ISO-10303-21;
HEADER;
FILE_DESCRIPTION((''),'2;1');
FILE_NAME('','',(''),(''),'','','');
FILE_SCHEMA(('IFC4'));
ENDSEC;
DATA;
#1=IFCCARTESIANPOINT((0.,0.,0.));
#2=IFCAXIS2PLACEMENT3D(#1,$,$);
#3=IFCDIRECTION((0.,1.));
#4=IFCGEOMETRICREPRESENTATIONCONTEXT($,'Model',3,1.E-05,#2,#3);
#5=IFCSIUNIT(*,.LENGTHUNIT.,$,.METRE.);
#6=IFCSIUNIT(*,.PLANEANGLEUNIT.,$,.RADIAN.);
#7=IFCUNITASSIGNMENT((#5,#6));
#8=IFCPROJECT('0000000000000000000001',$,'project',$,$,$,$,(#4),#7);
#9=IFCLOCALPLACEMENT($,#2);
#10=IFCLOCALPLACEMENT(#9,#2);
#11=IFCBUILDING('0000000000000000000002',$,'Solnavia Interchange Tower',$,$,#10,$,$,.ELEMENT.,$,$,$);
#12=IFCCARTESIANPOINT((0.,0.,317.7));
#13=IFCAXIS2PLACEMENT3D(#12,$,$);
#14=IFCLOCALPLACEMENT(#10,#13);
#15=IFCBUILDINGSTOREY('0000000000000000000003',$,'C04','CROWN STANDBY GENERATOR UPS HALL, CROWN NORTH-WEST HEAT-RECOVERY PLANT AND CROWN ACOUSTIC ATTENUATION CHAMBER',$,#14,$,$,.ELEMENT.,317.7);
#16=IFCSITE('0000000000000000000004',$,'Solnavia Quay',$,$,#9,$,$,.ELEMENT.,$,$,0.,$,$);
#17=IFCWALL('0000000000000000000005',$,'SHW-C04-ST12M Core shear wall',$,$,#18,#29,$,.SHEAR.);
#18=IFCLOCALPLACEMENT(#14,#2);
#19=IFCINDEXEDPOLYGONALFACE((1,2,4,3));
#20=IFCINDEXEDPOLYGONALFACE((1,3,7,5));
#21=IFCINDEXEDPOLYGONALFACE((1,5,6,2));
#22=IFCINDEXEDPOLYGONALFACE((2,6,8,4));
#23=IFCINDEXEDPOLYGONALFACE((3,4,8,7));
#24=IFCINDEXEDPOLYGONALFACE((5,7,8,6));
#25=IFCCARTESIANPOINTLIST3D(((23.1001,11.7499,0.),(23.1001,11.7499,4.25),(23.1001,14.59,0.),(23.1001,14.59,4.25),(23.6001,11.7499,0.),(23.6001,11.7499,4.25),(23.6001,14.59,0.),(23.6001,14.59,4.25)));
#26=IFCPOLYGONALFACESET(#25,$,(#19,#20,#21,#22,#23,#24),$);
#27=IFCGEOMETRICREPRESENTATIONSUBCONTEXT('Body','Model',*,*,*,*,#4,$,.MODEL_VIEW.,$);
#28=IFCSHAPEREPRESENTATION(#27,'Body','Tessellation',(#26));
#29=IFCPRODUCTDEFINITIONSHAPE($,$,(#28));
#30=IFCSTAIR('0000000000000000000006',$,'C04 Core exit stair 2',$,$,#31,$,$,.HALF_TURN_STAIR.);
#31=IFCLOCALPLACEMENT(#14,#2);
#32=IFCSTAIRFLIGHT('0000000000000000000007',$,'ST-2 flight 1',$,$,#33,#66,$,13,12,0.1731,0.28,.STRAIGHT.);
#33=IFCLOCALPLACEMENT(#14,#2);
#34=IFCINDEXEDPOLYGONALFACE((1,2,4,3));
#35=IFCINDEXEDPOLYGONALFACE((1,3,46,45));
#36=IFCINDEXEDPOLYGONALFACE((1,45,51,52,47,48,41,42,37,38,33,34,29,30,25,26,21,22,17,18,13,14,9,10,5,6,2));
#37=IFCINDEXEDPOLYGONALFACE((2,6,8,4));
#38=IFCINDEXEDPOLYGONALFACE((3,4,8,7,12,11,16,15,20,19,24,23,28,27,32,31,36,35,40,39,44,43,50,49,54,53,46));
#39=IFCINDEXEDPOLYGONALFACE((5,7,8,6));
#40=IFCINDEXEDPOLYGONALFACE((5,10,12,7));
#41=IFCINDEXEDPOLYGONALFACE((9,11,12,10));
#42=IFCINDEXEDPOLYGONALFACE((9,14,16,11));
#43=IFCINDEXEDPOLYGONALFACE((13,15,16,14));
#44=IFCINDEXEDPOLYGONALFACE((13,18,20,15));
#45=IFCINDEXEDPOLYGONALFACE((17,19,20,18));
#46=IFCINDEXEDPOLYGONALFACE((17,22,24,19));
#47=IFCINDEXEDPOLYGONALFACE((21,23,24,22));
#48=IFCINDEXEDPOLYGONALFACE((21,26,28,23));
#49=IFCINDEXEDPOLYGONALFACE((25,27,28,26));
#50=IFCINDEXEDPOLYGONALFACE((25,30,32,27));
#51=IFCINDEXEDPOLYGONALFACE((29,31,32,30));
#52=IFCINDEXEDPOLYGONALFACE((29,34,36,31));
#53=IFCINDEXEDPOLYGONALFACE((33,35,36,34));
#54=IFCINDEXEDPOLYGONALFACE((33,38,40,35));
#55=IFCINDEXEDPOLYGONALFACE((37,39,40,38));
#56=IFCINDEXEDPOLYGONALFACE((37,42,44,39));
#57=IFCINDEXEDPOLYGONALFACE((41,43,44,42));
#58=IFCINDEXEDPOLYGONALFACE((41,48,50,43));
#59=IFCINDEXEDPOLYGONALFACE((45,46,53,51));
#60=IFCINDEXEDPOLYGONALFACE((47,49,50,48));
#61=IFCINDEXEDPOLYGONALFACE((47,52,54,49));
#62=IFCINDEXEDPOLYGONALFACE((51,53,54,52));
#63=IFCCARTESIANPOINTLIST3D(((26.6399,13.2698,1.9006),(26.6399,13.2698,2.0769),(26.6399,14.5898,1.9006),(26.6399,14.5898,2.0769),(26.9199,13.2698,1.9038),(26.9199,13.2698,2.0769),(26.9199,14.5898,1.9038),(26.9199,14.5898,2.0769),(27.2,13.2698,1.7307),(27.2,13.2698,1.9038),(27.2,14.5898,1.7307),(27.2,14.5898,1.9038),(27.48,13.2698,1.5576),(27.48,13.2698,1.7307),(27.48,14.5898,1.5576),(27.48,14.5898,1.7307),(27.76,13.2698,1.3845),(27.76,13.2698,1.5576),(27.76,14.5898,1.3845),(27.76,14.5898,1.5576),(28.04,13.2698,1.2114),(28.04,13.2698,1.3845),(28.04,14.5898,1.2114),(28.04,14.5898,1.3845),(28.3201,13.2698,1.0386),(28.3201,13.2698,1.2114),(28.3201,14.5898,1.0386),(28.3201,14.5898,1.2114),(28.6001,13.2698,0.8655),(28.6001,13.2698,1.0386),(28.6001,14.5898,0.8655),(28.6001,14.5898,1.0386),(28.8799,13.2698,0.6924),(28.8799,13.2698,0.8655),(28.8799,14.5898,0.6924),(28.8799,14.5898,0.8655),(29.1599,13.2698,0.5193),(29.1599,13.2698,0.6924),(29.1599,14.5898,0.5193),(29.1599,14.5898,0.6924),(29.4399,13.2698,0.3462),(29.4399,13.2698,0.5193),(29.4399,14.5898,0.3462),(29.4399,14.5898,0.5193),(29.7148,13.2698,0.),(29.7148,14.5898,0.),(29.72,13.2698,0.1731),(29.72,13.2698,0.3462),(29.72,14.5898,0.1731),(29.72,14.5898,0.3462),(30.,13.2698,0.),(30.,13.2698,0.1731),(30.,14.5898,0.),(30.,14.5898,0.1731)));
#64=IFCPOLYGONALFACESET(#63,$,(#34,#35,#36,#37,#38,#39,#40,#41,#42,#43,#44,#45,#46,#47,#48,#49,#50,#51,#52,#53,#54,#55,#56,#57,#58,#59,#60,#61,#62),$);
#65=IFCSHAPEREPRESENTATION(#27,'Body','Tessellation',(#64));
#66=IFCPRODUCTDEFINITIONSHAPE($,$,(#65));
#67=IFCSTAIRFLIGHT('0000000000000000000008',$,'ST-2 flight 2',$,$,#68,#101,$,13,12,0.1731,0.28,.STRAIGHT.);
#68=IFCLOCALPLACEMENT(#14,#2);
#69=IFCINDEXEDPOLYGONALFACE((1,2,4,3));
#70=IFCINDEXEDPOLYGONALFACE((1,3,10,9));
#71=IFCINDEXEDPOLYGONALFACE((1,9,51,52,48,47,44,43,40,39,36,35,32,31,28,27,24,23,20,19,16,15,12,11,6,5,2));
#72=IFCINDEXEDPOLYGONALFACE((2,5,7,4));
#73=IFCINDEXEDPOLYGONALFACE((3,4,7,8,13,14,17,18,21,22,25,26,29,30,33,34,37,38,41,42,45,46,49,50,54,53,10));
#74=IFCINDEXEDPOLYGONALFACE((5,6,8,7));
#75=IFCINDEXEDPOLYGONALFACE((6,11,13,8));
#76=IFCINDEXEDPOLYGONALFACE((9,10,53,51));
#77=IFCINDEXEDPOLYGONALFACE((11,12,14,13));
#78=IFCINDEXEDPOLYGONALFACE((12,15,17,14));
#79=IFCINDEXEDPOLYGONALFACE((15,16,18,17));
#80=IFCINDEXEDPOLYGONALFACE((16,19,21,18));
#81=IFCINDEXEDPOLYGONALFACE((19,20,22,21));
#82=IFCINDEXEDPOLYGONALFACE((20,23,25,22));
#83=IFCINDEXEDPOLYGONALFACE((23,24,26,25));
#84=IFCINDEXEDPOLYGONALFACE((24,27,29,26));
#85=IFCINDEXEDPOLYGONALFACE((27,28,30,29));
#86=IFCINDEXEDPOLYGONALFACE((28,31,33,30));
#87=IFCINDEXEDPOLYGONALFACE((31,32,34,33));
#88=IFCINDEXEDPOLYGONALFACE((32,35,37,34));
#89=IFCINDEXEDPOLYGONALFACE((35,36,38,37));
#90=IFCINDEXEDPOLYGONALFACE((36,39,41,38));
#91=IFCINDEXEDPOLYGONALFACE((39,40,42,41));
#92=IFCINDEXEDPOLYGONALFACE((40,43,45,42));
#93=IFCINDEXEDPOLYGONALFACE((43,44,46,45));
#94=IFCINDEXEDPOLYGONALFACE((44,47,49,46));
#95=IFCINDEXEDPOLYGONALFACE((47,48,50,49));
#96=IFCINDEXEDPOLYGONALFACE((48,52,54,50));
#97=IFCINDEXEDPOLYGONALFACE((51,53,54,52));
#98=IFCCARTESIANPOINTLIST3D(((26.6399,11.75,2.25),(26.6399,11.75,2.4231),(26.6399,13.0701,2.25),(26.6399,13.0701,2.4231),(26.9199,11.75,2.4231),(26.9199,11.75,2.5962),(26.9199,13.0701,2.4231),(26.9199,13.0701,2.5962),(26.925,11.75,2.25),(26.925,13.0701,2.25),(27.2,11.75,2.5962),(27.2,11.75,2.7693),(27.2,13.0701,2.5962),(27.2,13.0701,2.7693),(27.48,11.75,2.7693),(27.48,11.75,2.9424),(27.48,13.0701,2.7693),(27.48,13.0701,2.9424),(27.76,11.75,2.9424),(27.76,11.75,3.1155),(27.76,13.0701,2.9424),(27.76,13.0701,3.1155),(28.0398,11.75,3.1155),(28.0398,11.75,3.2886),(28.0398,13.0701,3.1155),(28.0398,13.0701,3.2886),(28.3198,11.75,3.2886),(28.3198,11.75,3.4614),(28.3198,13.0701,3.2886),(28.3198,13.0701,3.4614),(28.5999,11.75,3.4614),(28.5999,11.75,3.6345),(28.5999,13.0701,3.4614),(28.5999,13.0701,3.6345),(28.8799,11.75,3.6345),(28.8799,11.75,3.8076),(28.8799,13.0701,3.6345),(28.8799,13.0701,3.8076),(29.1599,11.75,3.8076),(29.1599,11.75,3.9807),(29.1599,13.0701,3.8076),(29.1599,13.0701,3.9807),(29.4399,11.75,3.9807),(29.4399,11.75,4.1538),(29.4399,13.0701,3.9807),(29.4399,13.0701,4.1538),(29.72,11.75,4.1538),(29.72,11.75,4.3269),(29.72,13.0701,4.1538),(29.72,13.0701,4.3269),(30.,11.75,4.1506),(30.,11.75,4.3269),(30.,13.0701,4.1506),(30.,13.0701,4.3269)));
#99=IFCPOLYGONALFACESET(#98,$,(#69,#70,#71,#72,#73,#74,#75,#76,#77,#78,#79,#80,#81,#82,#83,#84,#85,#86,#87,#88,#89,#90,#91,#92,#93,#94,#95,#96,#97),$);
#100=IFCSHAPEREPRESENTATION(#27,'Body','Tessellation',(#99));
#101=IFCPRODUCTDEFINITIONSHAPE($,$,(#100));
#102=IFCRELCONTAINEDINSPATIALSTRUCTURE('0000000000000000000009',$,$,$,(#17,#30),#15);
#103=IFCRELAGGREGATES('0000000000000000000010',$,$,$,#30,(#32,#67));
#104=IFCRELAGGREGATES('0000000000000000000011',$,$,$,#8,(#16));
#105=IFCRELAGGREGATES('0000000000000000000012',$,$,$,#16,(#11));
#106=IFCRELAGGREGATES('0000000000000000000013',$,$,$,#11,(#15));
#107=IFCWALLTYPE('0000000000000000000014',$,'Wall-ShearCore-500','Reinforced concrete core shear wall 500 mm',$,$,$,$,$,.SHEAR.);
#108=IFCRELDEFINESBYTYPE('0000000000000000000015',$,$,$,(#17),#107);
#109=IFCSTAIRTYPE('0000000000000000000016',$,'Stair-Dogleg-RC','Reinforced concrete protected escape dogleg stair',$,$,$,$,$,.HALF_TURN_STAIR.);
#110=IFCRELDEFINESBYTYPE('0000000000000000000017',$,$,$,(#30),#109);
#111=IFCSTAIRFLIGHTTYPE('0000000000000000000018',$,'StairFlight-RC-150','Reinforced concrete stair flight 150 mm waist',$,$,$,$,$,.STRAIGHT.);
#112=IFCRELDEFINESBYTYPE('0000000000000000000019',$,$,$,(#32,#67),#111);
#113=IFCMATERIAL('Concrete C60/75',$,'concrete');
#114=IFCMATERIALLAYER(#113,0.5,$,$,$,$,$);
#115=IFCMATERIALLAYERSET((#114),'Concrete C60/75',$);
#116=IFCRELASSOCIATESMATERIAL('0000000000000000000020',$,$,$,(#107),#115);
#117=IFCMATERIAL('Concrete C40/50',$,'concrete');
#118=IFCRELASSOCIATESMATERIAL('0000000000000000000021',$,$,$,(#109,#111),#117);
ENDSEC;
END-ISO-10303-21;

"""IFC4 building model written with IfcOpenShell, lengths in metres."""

from ifc_helpers import new_model, si_unit, direction, frame, frame_2d, origin, place, context, subcontext, project, spatial, polyline, rectangle, outline, extrude, material, layer, layer_set, type_object, element, aggregate, save


model = new_model("IFC4")

# Units and contexts
model_context = context("Model", 3, precision=1e-05, world=origin(), true_north=direction((0.0, 1.0)))
body_context = subcontext(model_context, "Body", "Model", "MODEL_VIEW")
ifc_project = project(units=[si_unit("LENGTHUNIT", "METRE"), si_unit("PLANEANGLEUNIT", "RADIAN")], contexts=[model_context])

# Site, building, storey
site_placement = place(None, origin())
site = spatial("IfcSite", under=ifc_project, at=site_placement, Name="Solnavia Quay", CompositionType="ELEMENT", RefElevation=0.0)
building_placement = place(site_placement, origin())
building = spatial("IfcBuilding", under=site, at=building_placement, Name="Solnavia Interchange Tower", CompositionType="ELEMENT")
storey_placement = place(building_placement, frame((0.0, 0.0, 317.7)))
storey = spatial("IfcBuildingStorey", under=building, at=storey_placement, Name="C04", Description="CROWN STANDBY GENERATOR UPS HALL, CROWN NORTH-WEST HEAT-RECOVERY PLANT AND CROWN ACOUSTIC ATTENUATION CHAMBER", CompositionType="ELEMENT", Elevation=317.7)

# Shared definitions
ifc_material_1 = material(Name="Concrete C40/50", Category="concrete")

# Wall
ifc_material_2 = material(Name="Concrete C60/75", Category="concrete")
ifc_layer_1 = layer(ifc_material_2, 0.5)
ifc_layer_set_1 = layer_set([ifc_layer_1], Name="Concrete C60/75")
wall_type_1 = type_object("IfcWallType", Name="Wall-ShearCore-500", Description="Reinforced concrete core shear wall 500 mm", PredefinedType="SHEAR", material=ifc_layer_set_1)
wall_1_placement = place(storey_placement, frame((23.3501, 11.75, 0.0), z_axis=(0.0, 0.0, 1.0), x_axis=(0.0, 1.0, 0.0)))
element("IfcWall", 1, at=wall_1_placement, inside=storey, type_object=wall_type_1, Name="SHW-C04-ST12M Core shear wall", PredefinedType="SHEAR", context=body_context, shape_type="SweptSolid", body=[
    extrude(rectangle(XDim=2.8401, YDim=0.5, at=frame_2d((1.4199, 0.0))), origin(), (0.0, 0.0, 1.0), 4.25),
])

# Stair, stair flights
stair_type = type_object("IfcStairType", Name="Stair-Dogleg-RC", Description="Reinforced concrete protected escape dogleg stair", PredefinedType="HALF_TURN_STAIR", material=ifc_material_1)
stair_placement = place(storey_placement, origin())
stair = element("IfcStair", 2, at=stair_placement, inside=storey, type_object=stair_type, Name="C04 Core exit stair 2", PredefinedType="HALF_TURN_STAIR")
stair_flight_type = type_object("IfcStairFlightType", Name="StairFlight-RC-150", Description="Reinforced concrete stair flight 150 mm waist", PredefinedType="STRAIGHT", material=ifc_material_1)
stair_flight_1_placement = place(storey_placement, frame((30.0, 13.9299, 0.0), z_axis=(0.0, 0.0, 1.0), x_axis=(-1.0, 0.0, 0.0)))
stair_flight_1 = element("IfcStairFlight", 3, at=stair_flight_1_placement, type_object=stair_flight_type, Name="ST-2 flight 1", NumberOfRisers=13, NumberOfTreads=12, PredefinedType="STRAIGHT", RiserHeight=0.1731, TreadLength=0.28, context=body_context, shape_type="SweptSolid", body=[
    extrude(outline(polyline([(0.0, 0.0), (0.0, 0.1731), (0.28, 0.1731), (0.28, 0.3462), (0.5601, 0.3462), (0.5601, 0.5193), (0.8401, 0.5193), (0.8401, 0.6924), (1.1201, 0.6924), (1.1201, 0.8655), (1.3999, 0.8655), (1.3999, 1.0386), (1.6799, 1.0386), (1.6799, 1.2114), (1.96, 1.2114), (1.96, 1.3845), (2.24, 1.3845), (2.24, 1.5576), (2.52, 1.5576), (2.52, 1.7307), (2.8, 1.7307), (2.8, 1.9038), (3.0801, 1.9038), (3.0801, 2.0769), (3.3601, 2.0769), (3.3601, 2.25), (3.3601, 1.9006), (0.2852, 0.0), (0.0, 0.0)])), frame((0.0, 0.6602, 0.0), z_axis=(0.0, -1.0, 0.0), x_axis=(1.0, 0.0, 0.0)), (0.0, 0.0, 1.0), 1.3201),
])
stair_flight_2_placement = place(storey_placement, frame((26.6399, 12.4099, 2.25), z_axis=(0.0, 0.0, 1.0), x_axis=(1.0, 0.0, 0.0)))
stair_flight_2 = element("IfcStairFlight", 4, at=stair_flight_2_placement, type_object=stair_flight_type, Name="ST-2 flight 2", NumberOfRisers=13, NumberOfTreads=12, PredefinedType="STRAIGHT", RiserHeight=0.1731, TreadLength=0.28, context=body_context, shape_type="SweptSolid", body=[
    extrude(outline(polyline([(0.0, 0.0), (0.0, 0.1731), (0.28, 0.1731), (0.28, 0.3462), (0.5601, 0.3462), (0.5601, 0.5193), (0.8401, 0.5193), (0.8401, 0.6924), (1.1201, 0.6924), (1.1201, 0.8655), (1.3999, 0.8655), (1.3999, 1.0386), (1.6799, 1.0386), (1.6799, 1.2114), (1.96, 1.2114), (1.96, 1.3845), (2.24, 1.3845), (2.24, 1.5576), (2.52, 1.5576), (2.52, 1.7307), (2.8, 1.7307), (2.8, 1.9038), (3.0801, 1.9038), (3.0801, 2.0769), (3.3601, 2.0769), (3.3601, 2.25), (3.3601, 1.9006), (0.2852, 0.0), (0.0, 0.0)])), frame((0.0, 0.6602, 0.0), z_axis=(0.0, -1.0, 0.0), x_axis=(1.0, 0.0, 0.0)), (0.0, 0.0, 1.0), 1.3201),
])
aggregate(stair, [stair_flight_1, stair_flight_2])

save(model, "model.ifc")
